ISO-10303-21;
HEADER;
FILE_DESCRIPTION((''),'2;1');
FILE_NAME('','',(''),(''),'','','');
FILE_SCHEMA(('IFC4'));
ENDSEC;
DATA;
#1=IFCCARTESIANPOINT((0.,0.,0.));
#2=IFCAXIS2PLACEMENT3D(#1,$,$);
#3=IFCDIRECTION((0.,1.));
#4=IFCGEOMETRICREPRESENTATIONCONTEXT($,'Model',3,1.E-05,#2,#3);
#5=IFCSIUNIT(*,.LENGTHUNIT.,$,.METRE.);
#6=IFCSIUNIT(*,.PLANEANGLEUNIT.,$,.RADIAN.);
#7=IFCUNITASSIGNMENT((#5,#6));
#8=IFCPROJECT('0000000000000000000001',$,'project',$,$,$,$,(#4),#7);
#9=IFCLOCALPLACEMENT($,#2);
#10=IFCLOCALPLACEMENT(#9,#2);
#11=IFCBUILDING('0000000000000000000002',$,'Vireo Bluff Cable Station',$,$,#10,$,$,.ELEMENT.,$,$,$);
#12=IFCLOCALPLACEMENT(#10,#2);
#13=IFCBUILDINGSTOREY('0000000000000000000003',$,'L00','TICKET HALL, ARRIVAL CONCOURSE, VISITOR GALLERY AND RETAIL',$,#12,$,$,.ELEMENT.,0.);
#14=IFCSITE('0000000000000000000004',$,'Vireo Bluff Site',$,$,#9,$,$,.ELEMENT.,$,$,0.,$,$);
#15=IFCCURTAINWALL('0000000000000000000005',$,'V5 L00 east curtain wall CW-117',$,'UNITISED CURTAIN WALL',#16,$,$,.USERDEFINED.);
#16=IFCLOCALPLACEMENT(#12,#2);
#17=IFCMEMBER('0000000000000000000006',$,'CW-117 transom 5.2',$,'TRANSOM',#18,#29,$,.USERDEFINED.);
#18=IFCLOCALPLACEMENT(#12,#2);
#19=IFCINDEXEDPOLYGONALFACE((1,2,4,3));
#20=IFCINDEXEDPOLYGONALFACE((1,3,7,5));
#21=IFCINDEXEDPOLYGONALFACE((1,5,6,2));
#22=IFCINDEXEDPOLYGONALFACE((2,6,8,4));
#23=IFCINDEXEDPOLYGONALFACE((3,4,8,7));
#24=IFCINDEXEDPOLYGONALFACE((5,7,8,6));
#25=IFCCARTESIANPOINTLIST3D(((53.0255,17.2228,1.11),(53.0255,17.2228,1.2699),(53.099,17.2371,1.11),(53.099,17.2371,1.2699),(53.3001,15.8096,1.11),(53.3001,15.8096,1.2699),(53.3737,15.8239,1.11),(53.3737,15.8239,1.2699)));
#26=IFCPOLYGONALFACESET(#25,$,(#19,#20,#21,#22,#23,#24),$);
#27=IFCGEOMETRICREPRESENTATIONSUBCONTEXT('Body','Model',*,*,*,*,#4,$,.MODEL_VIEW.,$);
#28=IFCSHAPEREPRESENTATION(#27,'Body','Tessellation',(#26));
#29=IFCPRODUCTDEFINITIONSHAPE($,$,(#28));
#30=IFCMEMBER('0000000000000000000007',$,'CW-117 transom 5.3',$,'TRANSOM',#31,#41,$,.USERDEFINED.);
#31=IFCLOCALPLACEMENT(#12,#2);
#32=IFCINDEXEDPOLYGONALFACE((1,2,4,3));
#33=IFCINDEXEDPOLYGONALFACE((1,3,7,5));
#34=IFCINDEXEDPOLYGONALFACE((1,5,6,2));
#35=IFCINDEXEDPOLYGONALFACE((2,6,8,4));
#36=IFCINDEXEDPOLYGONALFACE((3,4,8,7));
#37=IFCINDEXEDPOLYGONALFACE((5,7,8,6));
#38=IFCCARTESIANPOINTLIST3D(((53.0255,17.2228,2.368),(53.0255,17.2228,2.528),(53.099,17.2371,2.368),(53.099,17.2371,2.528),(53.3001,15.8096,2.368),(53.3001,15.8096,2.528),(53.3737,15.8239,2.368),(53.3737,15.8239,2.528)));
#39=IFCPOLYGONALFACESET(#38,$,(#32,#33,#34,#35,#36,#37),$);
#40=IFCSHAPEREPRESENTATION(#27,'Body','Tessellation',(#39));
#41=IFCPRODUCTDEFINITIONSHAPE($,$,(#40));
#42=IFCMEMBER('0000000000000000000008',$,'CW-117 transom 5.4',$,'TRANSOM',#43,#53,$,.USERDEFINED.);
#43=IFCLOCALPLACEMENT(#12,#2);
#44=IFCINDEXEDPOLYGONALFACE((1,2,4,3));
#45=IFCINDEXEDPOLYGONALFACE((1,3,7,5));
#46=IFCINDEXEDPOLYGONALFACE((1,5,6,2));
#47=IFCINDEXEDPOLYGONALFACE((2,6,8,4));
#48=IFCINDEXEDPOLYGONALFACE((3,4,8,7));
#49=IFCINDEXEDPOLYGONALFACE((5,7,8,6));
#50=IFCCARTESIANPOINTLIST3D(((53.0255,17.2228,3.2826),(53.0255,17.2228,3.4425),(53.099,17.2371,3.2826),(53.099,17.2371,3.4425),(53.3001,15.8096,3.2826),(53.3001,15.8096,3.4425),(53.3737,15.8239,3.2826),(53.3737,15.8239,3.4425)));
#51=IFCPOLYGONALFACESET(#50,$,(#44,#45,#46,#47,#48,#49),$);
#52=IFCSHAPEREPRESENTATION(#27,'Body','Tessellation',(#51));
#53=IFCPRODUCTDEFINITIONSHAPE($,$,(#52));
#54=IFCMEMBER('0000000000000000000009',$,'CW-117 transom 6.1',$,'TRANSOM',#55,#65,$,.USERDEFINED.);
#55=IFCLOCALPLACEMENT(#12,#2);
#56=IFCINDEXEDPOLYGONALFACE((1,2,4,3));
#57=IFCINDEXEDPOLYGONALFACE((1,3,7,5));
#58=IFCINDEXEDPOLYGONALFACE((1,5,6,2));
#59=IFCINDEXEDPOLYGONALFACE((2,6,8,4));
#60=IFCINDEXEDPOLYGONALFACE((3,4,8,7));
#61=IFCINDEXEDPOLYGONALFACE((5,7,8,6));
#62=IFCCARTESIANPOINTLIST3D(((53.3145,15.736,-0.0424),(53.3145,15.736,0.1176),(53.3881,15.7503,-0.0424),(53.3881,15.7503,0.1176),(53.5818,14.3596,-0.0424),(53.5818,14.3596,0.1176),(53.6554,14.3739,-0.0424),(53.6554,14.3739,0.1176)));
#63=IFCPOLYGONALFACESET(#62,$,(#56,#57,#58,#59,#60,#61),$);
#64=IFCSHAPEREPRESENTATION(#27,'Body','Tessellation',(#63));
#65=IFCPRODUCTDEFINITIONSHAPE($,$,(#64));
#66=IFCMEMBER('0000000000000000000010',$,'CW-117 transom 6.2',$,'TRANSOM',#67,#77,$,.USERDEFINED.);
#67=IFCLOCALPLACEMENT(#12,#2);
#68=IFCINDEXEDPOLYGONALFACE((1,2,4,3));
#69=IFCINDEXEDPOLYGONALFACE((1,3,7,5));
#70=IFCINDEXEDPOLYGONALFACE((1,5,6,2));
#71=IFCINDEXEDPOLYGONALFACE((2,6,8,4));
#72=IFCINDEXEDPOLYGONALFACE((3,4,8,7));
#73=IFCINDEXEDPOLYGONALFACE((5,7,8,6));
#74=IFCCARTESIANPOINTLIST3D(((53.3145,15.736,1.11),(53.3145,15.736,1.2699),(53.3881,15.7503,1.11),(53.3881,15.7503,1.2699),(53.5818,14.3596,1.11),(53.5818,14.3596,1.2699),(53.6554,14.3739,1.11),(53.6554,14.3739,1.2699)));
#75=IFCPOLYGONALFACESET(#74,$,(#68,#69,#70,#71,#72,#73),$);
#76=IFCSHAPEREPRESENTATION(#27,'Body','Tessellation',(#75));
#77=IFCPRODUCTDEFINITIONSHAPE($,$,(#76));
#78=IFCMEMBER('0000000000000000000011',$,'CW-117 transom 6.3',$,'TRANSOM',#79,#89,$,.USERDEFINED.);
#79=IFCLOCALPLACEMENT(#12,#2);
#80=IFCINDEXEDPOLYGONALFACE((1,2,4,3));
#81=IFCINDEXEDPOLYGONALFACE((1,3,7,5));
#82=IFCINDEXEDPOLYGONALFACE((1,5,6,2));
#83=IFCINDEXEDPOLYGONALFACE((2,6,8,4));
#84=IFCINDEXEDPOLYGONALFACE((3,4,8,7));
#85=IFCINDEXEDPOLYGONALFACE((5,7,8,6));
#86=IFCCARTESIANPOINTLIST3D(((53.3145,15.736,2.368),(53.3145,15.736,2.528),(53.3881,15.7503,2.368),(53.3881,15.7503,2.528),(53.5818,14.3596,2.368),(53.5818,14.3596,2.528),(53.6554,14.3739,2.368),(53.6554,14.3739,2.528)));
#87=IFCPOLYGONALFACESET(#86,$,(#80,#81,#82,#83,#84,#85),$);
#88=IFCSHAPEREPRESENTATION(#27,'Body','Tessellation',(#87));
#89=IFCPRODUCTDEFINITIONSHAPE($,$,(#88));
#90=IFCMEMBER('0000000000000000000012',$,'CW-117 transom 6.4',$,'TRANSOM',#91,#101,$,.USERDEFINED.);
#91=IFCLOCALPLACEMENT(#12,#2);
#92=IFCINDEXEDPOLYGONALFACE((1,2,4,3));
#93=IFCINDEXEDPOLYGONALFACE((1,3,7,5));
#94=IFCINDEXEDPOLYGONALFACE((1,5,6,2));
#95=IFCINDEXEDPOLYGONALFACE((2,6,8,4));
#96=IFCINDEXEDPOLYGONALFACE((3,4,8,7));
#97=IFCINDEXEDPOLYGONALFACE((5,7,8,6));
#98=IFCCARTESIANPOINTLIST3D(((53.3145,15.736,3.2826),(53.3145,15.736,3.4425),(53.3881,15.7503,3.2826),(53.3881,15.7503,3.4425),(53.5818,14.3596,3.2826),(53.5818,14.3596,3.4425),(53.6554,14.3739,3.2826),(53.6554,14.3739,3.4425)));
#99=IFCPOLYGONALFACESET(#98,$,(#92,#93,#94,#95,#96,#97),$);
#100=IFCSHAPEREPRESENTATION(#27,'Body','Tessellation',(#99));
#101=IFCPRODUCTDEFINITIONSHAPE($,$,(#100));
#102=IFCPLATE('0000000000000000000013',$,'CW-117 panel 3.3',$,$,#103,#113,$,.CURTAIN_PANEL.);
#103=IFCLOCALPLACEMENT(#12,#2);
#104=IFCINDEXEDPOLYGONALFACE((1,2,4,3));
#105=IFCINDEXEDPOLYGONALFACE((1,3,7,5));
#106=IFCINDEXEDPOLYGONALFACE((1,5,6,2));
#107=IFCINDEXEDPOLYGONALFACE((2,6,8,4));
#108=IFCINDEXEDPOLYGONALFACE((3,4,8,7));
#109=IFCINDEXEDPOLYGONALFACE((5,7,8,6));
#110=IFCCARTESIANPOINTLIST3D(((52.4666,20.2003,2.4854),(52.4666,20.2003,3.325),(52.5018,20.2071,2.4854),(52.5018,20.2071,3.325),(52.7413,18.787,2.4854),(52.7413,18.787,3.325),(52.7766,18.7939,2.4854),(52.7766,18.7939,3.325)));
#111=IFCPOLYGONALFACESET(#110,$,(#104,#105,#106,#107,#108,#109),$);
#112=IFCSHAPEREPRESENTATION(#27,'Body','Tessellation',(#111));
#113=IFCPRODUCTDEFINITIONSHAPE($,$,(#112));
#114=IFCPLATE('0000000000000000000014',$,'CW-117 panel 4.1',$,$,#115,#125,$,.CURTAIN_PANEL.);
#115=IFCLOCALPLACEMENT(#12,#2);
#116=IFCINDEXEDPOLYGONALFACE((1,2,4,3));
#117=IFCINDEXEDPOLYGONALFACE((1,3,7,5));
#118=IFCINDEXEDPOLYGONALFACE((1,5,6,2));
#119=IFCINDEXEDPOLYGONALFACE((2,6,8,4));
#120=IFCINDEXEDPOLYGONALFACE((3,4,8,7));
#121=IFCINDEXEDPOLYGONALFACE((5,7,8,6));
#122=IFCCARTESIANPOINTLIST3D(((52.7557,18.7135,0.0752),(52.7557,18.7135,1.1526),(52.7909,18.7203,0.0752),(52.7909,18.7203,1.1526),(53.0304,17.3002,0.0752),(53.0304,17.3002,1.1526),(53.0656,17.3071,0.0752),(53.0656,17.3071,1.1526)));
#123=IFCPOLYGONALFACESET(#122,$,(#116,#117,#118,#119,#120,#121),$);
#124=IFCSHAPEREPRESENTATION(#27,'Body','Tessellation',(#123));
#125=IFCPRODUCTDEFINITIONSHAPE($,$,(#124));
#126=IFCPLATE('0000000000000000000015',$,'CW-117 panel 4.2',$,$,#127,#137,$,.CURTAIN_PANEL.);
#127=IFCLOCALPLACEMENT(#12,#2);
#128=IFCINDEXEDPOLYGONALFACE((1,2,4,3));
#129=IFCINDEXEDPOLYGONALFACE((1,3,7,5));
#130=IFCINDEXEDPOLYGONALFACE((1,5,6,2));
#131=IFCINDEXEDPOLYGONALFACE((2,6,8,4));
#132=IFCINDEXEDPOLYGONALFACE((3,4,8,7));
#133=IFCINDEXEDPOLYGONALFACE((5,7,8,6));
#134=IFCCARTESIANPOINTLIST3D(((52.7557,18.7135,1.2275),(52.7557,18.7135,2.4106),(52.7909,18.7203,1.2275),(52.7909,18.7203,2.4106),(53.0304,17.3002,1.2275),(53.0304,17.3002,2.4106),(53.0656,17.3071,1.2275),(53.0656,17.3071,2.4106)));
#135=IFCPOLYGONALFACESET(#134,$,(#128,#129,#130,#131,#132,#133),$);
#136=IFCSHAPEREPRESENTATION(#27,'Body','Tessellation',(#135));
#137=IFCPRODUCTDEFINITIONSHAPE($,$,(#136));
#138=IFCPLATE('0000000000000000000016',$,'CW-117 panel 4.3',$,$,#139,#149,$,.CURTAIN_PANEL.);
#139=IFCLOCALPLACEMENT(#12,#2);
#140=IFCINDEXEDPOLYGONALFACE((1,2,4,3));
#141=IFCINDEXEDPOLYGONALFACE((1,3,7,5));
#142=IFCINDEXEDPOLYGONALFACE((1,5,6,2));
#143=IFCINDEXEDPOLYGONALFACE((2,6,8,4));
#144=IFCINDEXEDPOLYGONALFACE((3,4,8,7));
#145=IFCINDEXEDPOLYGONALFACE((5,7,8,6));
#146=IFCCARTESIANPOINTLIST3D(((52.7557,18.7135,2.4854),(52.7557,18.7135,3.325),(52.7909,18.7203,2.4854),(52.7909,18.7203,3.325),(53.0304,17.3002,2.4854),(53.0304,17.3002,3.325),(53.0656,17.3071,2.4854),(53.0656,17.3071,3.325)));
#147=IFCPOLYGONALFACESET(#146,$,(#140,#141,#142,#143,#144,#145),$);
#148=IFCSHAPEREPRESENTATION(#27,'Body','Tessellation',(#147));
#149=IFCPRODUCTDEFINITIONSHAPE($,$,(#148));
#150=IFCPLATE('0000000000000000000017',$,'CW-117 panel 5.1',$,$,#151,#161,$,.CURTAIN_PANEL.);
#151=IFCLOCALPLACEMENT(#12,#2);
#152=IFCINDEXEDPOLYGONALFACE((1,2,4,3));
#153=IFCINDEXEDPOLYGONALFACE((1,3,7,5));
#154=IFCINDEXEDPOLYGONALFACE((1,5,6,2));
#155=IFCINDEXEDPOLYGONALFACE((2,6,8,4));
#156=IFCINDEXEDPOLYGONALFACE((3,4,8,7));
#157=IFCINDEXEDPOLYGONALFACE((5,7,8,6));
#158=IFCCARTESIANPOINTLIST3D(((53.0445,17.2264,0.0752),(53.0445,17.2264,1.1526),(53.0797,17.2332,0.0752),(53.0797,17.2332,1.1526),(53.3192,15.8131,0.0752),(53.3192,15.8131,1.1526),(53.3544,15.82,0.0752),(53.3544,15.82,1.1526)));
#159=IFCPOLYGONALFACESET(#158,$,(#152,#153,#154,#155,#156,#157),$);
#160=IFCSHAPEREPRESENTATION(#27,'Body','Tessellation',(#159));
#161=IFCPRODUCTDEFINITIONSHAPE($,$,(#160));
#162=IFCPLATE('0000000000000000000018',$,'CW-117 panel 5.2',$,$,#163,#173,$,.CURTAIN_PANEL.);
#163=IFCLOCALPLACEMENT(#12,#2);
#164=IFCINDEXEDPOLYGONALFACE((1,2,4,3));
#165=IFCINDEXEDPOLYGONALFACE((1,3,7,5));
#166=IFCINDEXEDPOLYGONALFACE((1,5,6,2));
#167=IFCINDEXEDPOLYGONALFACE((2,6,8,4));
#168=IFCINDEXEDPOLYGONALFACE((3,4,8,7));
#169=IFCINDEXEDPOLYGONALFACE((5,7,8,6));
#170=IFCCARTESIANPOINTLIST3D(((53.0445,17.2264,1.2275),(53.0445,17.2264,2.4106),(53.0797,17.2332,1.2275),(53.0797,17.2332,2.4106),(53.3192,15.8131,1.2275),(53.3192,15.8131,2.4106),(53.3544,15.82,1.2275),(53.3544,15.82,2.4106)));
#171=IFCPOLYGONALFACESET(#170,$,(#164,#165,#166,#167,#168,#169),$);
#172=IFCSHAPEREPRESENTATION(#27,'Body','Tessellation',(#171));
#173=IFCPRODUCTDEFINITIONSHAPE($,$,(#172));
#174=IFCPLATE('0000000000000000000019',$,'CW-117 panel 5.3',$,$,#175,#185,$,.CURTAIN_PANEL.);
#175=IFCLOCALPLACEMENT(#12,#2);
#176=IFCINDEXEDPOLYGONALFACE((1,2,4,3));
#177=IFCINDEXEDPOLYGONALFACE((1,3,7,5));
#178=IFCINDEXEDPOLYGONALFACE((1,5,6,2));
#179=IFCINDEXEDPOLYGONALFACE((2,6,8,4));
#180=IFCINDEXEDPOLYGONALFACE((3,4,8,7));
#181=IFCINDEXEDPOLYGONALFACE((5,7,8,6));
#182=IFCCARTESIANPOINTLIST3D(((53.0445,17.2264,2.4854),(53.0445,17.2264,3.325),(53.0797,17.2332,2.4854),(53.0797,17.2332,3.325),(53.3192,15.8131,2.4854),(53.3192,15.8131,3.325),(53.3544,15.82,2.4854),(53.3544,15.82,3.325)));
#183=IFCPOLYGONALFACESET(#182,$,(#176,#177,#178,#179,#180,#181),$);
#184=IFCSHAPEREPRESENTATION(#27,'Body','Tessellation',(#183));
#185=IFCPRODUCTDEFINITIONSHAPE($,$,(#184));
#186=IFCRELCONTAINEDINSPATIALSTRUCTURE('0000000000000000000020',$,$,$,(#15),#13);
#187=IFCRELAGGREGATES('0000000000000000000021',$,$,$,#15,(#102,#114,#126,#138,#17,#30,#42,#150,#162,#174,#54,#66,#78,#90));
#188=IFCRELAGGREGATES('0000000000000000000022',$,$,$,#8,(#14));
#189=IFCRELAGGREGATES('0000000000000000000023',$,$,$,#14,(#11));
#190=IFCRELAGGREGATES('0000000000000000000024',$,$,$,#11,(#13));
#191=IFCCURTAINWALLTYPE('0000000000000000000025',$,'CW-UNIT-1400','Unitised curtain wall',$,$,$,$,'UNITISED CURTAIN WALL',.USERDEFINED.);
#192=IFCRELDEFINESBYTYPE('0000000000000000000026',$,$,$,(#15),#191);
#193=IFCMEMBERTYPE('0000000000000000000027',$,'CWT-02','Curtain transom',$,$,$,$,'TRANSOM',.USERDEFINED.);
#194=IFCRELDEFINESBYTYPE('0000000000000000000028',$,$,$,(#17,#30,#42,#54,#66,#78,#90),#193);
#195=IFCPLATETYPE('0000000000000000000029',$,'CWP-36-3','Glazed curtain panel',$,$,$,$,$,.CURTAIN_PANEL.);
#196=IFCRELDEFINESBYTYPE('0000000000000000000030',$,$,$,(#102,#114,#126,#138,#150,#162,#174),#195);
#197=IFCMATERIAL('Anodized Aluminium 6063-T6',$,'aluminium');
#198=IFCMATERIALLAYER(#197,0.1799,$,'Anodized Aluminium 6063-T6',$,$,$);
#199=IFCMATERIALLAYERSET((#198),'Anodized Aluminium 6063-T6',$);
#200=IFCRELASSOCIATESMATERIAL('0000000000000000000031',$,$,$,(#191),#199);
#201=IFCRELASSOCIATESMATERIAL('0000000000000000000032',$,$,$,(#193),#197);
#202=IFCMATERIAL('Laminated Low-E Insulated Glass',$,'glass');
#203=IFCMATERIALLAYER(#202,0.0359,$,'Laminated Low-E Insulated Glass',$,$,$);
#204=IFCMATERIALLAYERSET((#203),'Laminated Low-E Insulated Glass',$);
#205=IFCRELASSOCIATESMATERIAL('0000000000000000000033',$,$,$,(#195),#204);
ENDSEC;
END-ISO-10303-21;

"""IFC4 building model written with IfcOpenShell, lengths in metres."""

from ifc_helpers import new_model, si_unit, direction, frame, origin, origin_2d, place, context, subcontext, project, spatial, rectangle, extrude, material, layer, layer_set, material_profile, profile_set, type_object, element, aggregate, save


model = new_model("IFC4")

# Units and contexts
model_context = context("Model", 3, precision=1e-05, world=origin(), true_north=direction((0.0, 1.0)))
body_context = subcontext(model_context, "Body", "Model", "MODEL_VIEW")
ifc_project = project(units=[si_unit("LENGTHUNIT", "METRE"), si_unit("PLANEANGLEUNIT", "RADIAN")], contexts=[model_context])

# Site, building, storey
site_placement = place(None, origin())
site = spatial("IfcSite", under=ifc_project, at=site_placement, Name="Vireo Bluff Site", CompositionType="ELEMENT", RefElevation=0.0)
building_placement = place(site_placement, origin())
building = spatial("IfcBuilding", under=site, at=building_placement, Name="Vireo Bluff Cable Station", CompositionType="ELEMENT")
storey_placement = place(building_placement, origin())
storey = spatial("IfcBuildingStorey", under=building, at=storey_placement, Name="L00", Description="TICKET HALL, ARRIVAL CONCOURSE, VISITOR GALLERY AND RETAIL", CompositionType="ELEMENT", Elevation=0.0)

# Curtain wall, members, plates
ifc_material_1 = material(Name="Anodized Aluminium 6063-T6", Category="aluminium")
ifc_layer_1 = layer(ifc_material_1, 0.1799, Name="Anodized Aluminium 6063-T6")
ifc_layer_set_1 = layer_set([ifc_layer_1], Name="Anodized Aluminium 6063-T6")
curtain_wall_type = type_object("IfcCurtainWallType", Name="CW-UNIT-1400", Description="Unitised curtain wall", ElementType="UNITISED CURTAIN WALL", PredefinedType="USERDEFINED", material=ifc_layer_set_1)
curtain_wall_placement = place(storey_placement, origin())
curtain_wall = element("IfcCurtainWall", 1, at=curtain_wall_placement, inside=storey, type_object=curtain_wall_type, Name="V5 L00 east curtain wall CW-117", ObjectType="UNITISED CURTAIN WALL", PredefinedType="USERDEFINED")
ifc_material_profile_1 = material_profile(ifc_material_1, rectangle(XDim=0.075, YDim=0.1599, at=origin_2d()), Name="ALU-T-75X160")
ifc_profile_set_1 = profile_set([ifc_material_profile_1], Name="Anodized Aluminium 6063-T6")
member_type_1 = type_object("IfcMemberType", Name="CWT-02", Description="Curtain transom", ElementType="TRANSOM", PredefinedType="USERDEFINED", material=ifc_profile_set_1)
member_1_placement = place(storey_placement, frame((53.0623, 17.23, 1.1899), z_axis=(0.190765, -0.981636, 0.0), x_axis=(0.981636, 0.190765, 0.0)))
member_1 = element("IfcMember", 2, at=member_1_placement, type_object=member_type_1, Name="CW-117 transom 5.2", ObjectType="TRANSOM", PredefinedType="USERDEFINED", context=body_context, shape_type="SweptSolid", body=[
    extrude(rectangle(XDim=0.075, YDim=0.1599, at=origin_2d()), origin(), (0.0, 0.0, 1.0), 1.4397),
])
member_2_placement = place(storey_placement, frame((53.0623, 17.23, 2.448), z_axis=(0.190765, -0.981636, 0.0), x_axis=(0.981636, 0.190765, 0.0)))
member_2 = element("IfcMember", 3, at=member_2_placement, type_object=member_type_1, Name="CW-117 transom 5.3", ObjectType="TRANSOM", PredefinedType="USERDEFINED", context=body_context, shape_type="SweptSolid", body=[
    extrude(rectangle(XDim=0.075, YDim=0.1599, at=origin_2d()), origin(), (0.0, 0.0, 1.0), 1.4397),
])
member_3_placement = place(storey_placement, frame((53.0623, 17.23, 3.3625), z_axis=(0.190765, -0.981636, 0.0), x_axis=(0.981636, 0.190765, 0.0)))
member_3 = element("IfcMember", 4, at=member_3_placement, type_object=member_type_1, Name="CW-117 transom 5.4", ObjectType="TRANSOM", PredefinedType="USERDEFINED", context=body_context, shape_type="SweptSolid", body=[
    extrude(rectangle(XDim=0.075, YDim=0.1599, at=origin_2d()), origin(), (0.0, 0.0, 1.0), 1.4397),
])
member_4_placement = place(storey_placement, frame((53.3513, 15.7432, 0.0376), z_axis=(0.190655, -0.981657, 0.0), x_axis=(0.981657, 0.190655, 0.0)))
member_4 = element("IfcMember", 5, at=member_4_placement, type_object=member_type_1, Name="CW-117 transom 6.1", ObjectType="TRANSOM", PredefinedType="USERDEFINED", context=body_context, shape_type="SweptSolid", body=[
    extrude(rectangle(XDim=0.075, YDim=0.1599, at=origin_2d()), origin(), (0.0, 0.0, 1.0), 1.4021),
])
member_5_placement = place(storey_placement, frame((53.3513, 15.7432, 1.1899), z_axis=(0.190655, -0.981657, 0.0), x_axis=(0.981657, 0.190655, 0.0)))
member_5 = element("IfcMember", 6, at=member_5_placement, type_object=member_type_1, Name="CW-117 transom 6.2", ObjectType="TRANSOM", PredefinedType="USERDEFINED", context=body_context, shape_type="SweptSolid", body=[
    extrude(rectangle(XDim=0.075, YDim=0.1599, at=origin_2d()), origin(), (0.0, 0.0, 1.0), 1.4021),
])
member_6_placement = place(storey_placement, frame((53.3513, 15.7432, 2.448), z_axis=(0.190655, -0.981657, 0.0), x_axis=(0.981657, 0.190655, 0.0)))
member_6 = element("IfcMember", 7, at=member_6_placement, type_object=member_type_1, Name="CW-117 transom 6.3", ObjectType="TRANSOM", PredefinedType="USERDEFINED", context=body_context, shape_type="SweptSolid", body=[
    extrude(rectangle(XDim=0.075, YDim=0.1599, at=origin_2d()), origin(), (0.0, 0.0, 1.0), 1.4021),
])
member_7_placement = place(storey_placement, frame((53.3513, 15.7432, 3.3625), z_axis=(0.190655, -0.981657, 0.0), x_axis=(0.981657, 0.190655, 0.0)))
member_7 = element("IfcMember", 8, at=member_7_placement, type_object=member_type_1, Name="CW-117 transom 6.4", ObjectType="TRANSOM", PredefinedType="USERDEFINED", context=body_context, shape_type="SweptSolid", body=[
    extrude(rectangle(XDim=0.075, YDim=0.1599, at=origin_2d()), origin(), (0.0, 0.0, 1.0), 1.4021),
])
ifc_material_2 = material(Name="Laminated Low-E Insulated Glass", Category="glass")
ifc_layer_2 = layer(ifc_material_2, 0.0359, Name="Laminated Low-E Insulated Glass")
ifc_layer_set_2 = layer_set([ifc_layer_2], Name="Laminated Low-E Insulated Glass")
plate_type = type_object("IfcPlateType", Name="CWP-36-3", Description="Glazed curtain panel", PredefinedType="CURTAIN_PANEL", material=ifc_layer_set_2)
plate_1_placement = place(storey_placement, frame((52.6216, 19.4971, 2.4854), z_axis=(0.0, 0.0, 1.0), x_axis=(0.190809, -0.981627, 0.0)))
plate_1 = element("IfcPlate", 9, at=plate_1_placement, type_object=plate_type, Name="CW-117 panel 3.3", PredefinedType="CURTAIN_PANEL", context=body_context, shape_type="SweptSolid", body=[
    extrude(rectangle(XDim=1.4397, YDim=0.0359, at=origin_2d()), origin(), (0.0, 0.0, 1.0), 0.8396),
])
plate_2_placement = place(storey_placement, frame((52.9106, 18.0103, 0.0752), z_axis=(0.0, 0.0, 1.0), x_axis=(0.190809, -0.981627, 0.0)))
plate_2 = element("IfcPlate", 10, at=plate_2_placement, type_object=plate_type, Name="CW-117 panel 4.1", PredefinedType="CURTAIN_PANEL", context=body_context, shape_type="SweptSolid", body=[
    extrude(rectangle(XDim=1.4397, YDim=0.0359, at=origin_2d()), origin(), (0.0, 0.0, 1.0), 1.0774),
])
plate_3_placement = place(storey_placement, frame((52.9106, 18.0103, 1.2275), z_axis=(0.0, 0.0, 1.0), x_axis=(0.190809, -0.981627, 0.0)))
plate_3 = element("IfcPlate", 11, at=plate_3_placement, type_object=plate_type, Name="CW-117 panel 4.2", PredefinedType="CURTAIN_PANEL", context=body_context, shape_type="SweptSolid", body=[
    extrude(rectangle(XDim=1.4397, YDim=0.0359, at=origin_2d()), origin(), (0.0, 0.0, 1.0), 1.1831),
])
plate_4_placement = place(storey_placement, frame((52.9106, 18.0103, 2.4854), z_axis=(0.0, 0.0, 1.0), x_axis=(0.190809, -0.981627, 0.0)))
plate_4 = element("IfcPlate", 12, at=plate_4_placement, type_object=plate_type, Name="CW-117 panel 4.3", PredefinedType="CURTAIN_PANEL", context=body_context, shape_type="SweptSolid", body=[
    extrude(rectangle(XDim=1.4397, YDim=0.0359, at=origin_2d()), origin(), (0.0, 0.0, 1.0), 0.8396),
])
plate_5_placement = place(storey_placement, frame((53.1995, 16.5232, 0.0752), z_axis=(0.0, 0.0, 1.0), x_axis=(0.190809, -0.981627, 0.0)))
plate_5 = element("IfcPlate", 13, at=plate_5_placement, type_object=plate_type, Name="CW-117 panel 5.1", PredefinedType="CURTAIN_PANEL", context=body_context, shape_type="SweptSolid", body=[
    extrude(rectangle(XDim=1.4397, YDim=0.0359, at=origin_2d()), origin(), (0.0, 0.0, 1.0), 1.0774),
])
plate_6_placement = place(storey_placement, frame((53.1995, 16.5232, 1.2275), z_axis=(0.0, 0.0, 1.0), x_axis=(0.190809, -0.981627, 0.0)))
plate_6 = element("IfcPlate", 14, at=plate_6_placement, type_object=plate_type, Name="CW-117 panel 5.2", PredefinedType="CURTAIN_PANEL", context=body_context, shape_type="SweptSolid", body=[
    extrude(rectangle(XDim=1.4397, YDim=0.0359, at=origin_2d()), origin(), (0.0, 0.0, 1.0), 1.1831),
])
plate_7_placement = place(storey_placement, frame((53.1995, 16.5232, 2.4854), z_axis=(0.0, 0.0, 1.0), x_axis=(0.190809, -0.981627, 0.0)))
plate_7 = element("IfcPlate", 15, at=plate_7_placement, type_object=plate_type, Name="CW-117 panel 5.3", PredefinedType="CURTAIN_PANEL", context=body_context, shape_type="SweptSolid", body=[
    extrude(rectangle(XDim=1.4397, YDim=0.0359, at=origin_2d()), origin(), (0.0, 0.0, 1.0), 0.8396),
])
aggregate(curtain_wall, [plate_1, plate_2, plate_3, plate_4, member_1, member_2, member_3, plate_5, plate_6, plate_7, member_4, member_5, member_6, member_7])

save(model, "model.ifc")
